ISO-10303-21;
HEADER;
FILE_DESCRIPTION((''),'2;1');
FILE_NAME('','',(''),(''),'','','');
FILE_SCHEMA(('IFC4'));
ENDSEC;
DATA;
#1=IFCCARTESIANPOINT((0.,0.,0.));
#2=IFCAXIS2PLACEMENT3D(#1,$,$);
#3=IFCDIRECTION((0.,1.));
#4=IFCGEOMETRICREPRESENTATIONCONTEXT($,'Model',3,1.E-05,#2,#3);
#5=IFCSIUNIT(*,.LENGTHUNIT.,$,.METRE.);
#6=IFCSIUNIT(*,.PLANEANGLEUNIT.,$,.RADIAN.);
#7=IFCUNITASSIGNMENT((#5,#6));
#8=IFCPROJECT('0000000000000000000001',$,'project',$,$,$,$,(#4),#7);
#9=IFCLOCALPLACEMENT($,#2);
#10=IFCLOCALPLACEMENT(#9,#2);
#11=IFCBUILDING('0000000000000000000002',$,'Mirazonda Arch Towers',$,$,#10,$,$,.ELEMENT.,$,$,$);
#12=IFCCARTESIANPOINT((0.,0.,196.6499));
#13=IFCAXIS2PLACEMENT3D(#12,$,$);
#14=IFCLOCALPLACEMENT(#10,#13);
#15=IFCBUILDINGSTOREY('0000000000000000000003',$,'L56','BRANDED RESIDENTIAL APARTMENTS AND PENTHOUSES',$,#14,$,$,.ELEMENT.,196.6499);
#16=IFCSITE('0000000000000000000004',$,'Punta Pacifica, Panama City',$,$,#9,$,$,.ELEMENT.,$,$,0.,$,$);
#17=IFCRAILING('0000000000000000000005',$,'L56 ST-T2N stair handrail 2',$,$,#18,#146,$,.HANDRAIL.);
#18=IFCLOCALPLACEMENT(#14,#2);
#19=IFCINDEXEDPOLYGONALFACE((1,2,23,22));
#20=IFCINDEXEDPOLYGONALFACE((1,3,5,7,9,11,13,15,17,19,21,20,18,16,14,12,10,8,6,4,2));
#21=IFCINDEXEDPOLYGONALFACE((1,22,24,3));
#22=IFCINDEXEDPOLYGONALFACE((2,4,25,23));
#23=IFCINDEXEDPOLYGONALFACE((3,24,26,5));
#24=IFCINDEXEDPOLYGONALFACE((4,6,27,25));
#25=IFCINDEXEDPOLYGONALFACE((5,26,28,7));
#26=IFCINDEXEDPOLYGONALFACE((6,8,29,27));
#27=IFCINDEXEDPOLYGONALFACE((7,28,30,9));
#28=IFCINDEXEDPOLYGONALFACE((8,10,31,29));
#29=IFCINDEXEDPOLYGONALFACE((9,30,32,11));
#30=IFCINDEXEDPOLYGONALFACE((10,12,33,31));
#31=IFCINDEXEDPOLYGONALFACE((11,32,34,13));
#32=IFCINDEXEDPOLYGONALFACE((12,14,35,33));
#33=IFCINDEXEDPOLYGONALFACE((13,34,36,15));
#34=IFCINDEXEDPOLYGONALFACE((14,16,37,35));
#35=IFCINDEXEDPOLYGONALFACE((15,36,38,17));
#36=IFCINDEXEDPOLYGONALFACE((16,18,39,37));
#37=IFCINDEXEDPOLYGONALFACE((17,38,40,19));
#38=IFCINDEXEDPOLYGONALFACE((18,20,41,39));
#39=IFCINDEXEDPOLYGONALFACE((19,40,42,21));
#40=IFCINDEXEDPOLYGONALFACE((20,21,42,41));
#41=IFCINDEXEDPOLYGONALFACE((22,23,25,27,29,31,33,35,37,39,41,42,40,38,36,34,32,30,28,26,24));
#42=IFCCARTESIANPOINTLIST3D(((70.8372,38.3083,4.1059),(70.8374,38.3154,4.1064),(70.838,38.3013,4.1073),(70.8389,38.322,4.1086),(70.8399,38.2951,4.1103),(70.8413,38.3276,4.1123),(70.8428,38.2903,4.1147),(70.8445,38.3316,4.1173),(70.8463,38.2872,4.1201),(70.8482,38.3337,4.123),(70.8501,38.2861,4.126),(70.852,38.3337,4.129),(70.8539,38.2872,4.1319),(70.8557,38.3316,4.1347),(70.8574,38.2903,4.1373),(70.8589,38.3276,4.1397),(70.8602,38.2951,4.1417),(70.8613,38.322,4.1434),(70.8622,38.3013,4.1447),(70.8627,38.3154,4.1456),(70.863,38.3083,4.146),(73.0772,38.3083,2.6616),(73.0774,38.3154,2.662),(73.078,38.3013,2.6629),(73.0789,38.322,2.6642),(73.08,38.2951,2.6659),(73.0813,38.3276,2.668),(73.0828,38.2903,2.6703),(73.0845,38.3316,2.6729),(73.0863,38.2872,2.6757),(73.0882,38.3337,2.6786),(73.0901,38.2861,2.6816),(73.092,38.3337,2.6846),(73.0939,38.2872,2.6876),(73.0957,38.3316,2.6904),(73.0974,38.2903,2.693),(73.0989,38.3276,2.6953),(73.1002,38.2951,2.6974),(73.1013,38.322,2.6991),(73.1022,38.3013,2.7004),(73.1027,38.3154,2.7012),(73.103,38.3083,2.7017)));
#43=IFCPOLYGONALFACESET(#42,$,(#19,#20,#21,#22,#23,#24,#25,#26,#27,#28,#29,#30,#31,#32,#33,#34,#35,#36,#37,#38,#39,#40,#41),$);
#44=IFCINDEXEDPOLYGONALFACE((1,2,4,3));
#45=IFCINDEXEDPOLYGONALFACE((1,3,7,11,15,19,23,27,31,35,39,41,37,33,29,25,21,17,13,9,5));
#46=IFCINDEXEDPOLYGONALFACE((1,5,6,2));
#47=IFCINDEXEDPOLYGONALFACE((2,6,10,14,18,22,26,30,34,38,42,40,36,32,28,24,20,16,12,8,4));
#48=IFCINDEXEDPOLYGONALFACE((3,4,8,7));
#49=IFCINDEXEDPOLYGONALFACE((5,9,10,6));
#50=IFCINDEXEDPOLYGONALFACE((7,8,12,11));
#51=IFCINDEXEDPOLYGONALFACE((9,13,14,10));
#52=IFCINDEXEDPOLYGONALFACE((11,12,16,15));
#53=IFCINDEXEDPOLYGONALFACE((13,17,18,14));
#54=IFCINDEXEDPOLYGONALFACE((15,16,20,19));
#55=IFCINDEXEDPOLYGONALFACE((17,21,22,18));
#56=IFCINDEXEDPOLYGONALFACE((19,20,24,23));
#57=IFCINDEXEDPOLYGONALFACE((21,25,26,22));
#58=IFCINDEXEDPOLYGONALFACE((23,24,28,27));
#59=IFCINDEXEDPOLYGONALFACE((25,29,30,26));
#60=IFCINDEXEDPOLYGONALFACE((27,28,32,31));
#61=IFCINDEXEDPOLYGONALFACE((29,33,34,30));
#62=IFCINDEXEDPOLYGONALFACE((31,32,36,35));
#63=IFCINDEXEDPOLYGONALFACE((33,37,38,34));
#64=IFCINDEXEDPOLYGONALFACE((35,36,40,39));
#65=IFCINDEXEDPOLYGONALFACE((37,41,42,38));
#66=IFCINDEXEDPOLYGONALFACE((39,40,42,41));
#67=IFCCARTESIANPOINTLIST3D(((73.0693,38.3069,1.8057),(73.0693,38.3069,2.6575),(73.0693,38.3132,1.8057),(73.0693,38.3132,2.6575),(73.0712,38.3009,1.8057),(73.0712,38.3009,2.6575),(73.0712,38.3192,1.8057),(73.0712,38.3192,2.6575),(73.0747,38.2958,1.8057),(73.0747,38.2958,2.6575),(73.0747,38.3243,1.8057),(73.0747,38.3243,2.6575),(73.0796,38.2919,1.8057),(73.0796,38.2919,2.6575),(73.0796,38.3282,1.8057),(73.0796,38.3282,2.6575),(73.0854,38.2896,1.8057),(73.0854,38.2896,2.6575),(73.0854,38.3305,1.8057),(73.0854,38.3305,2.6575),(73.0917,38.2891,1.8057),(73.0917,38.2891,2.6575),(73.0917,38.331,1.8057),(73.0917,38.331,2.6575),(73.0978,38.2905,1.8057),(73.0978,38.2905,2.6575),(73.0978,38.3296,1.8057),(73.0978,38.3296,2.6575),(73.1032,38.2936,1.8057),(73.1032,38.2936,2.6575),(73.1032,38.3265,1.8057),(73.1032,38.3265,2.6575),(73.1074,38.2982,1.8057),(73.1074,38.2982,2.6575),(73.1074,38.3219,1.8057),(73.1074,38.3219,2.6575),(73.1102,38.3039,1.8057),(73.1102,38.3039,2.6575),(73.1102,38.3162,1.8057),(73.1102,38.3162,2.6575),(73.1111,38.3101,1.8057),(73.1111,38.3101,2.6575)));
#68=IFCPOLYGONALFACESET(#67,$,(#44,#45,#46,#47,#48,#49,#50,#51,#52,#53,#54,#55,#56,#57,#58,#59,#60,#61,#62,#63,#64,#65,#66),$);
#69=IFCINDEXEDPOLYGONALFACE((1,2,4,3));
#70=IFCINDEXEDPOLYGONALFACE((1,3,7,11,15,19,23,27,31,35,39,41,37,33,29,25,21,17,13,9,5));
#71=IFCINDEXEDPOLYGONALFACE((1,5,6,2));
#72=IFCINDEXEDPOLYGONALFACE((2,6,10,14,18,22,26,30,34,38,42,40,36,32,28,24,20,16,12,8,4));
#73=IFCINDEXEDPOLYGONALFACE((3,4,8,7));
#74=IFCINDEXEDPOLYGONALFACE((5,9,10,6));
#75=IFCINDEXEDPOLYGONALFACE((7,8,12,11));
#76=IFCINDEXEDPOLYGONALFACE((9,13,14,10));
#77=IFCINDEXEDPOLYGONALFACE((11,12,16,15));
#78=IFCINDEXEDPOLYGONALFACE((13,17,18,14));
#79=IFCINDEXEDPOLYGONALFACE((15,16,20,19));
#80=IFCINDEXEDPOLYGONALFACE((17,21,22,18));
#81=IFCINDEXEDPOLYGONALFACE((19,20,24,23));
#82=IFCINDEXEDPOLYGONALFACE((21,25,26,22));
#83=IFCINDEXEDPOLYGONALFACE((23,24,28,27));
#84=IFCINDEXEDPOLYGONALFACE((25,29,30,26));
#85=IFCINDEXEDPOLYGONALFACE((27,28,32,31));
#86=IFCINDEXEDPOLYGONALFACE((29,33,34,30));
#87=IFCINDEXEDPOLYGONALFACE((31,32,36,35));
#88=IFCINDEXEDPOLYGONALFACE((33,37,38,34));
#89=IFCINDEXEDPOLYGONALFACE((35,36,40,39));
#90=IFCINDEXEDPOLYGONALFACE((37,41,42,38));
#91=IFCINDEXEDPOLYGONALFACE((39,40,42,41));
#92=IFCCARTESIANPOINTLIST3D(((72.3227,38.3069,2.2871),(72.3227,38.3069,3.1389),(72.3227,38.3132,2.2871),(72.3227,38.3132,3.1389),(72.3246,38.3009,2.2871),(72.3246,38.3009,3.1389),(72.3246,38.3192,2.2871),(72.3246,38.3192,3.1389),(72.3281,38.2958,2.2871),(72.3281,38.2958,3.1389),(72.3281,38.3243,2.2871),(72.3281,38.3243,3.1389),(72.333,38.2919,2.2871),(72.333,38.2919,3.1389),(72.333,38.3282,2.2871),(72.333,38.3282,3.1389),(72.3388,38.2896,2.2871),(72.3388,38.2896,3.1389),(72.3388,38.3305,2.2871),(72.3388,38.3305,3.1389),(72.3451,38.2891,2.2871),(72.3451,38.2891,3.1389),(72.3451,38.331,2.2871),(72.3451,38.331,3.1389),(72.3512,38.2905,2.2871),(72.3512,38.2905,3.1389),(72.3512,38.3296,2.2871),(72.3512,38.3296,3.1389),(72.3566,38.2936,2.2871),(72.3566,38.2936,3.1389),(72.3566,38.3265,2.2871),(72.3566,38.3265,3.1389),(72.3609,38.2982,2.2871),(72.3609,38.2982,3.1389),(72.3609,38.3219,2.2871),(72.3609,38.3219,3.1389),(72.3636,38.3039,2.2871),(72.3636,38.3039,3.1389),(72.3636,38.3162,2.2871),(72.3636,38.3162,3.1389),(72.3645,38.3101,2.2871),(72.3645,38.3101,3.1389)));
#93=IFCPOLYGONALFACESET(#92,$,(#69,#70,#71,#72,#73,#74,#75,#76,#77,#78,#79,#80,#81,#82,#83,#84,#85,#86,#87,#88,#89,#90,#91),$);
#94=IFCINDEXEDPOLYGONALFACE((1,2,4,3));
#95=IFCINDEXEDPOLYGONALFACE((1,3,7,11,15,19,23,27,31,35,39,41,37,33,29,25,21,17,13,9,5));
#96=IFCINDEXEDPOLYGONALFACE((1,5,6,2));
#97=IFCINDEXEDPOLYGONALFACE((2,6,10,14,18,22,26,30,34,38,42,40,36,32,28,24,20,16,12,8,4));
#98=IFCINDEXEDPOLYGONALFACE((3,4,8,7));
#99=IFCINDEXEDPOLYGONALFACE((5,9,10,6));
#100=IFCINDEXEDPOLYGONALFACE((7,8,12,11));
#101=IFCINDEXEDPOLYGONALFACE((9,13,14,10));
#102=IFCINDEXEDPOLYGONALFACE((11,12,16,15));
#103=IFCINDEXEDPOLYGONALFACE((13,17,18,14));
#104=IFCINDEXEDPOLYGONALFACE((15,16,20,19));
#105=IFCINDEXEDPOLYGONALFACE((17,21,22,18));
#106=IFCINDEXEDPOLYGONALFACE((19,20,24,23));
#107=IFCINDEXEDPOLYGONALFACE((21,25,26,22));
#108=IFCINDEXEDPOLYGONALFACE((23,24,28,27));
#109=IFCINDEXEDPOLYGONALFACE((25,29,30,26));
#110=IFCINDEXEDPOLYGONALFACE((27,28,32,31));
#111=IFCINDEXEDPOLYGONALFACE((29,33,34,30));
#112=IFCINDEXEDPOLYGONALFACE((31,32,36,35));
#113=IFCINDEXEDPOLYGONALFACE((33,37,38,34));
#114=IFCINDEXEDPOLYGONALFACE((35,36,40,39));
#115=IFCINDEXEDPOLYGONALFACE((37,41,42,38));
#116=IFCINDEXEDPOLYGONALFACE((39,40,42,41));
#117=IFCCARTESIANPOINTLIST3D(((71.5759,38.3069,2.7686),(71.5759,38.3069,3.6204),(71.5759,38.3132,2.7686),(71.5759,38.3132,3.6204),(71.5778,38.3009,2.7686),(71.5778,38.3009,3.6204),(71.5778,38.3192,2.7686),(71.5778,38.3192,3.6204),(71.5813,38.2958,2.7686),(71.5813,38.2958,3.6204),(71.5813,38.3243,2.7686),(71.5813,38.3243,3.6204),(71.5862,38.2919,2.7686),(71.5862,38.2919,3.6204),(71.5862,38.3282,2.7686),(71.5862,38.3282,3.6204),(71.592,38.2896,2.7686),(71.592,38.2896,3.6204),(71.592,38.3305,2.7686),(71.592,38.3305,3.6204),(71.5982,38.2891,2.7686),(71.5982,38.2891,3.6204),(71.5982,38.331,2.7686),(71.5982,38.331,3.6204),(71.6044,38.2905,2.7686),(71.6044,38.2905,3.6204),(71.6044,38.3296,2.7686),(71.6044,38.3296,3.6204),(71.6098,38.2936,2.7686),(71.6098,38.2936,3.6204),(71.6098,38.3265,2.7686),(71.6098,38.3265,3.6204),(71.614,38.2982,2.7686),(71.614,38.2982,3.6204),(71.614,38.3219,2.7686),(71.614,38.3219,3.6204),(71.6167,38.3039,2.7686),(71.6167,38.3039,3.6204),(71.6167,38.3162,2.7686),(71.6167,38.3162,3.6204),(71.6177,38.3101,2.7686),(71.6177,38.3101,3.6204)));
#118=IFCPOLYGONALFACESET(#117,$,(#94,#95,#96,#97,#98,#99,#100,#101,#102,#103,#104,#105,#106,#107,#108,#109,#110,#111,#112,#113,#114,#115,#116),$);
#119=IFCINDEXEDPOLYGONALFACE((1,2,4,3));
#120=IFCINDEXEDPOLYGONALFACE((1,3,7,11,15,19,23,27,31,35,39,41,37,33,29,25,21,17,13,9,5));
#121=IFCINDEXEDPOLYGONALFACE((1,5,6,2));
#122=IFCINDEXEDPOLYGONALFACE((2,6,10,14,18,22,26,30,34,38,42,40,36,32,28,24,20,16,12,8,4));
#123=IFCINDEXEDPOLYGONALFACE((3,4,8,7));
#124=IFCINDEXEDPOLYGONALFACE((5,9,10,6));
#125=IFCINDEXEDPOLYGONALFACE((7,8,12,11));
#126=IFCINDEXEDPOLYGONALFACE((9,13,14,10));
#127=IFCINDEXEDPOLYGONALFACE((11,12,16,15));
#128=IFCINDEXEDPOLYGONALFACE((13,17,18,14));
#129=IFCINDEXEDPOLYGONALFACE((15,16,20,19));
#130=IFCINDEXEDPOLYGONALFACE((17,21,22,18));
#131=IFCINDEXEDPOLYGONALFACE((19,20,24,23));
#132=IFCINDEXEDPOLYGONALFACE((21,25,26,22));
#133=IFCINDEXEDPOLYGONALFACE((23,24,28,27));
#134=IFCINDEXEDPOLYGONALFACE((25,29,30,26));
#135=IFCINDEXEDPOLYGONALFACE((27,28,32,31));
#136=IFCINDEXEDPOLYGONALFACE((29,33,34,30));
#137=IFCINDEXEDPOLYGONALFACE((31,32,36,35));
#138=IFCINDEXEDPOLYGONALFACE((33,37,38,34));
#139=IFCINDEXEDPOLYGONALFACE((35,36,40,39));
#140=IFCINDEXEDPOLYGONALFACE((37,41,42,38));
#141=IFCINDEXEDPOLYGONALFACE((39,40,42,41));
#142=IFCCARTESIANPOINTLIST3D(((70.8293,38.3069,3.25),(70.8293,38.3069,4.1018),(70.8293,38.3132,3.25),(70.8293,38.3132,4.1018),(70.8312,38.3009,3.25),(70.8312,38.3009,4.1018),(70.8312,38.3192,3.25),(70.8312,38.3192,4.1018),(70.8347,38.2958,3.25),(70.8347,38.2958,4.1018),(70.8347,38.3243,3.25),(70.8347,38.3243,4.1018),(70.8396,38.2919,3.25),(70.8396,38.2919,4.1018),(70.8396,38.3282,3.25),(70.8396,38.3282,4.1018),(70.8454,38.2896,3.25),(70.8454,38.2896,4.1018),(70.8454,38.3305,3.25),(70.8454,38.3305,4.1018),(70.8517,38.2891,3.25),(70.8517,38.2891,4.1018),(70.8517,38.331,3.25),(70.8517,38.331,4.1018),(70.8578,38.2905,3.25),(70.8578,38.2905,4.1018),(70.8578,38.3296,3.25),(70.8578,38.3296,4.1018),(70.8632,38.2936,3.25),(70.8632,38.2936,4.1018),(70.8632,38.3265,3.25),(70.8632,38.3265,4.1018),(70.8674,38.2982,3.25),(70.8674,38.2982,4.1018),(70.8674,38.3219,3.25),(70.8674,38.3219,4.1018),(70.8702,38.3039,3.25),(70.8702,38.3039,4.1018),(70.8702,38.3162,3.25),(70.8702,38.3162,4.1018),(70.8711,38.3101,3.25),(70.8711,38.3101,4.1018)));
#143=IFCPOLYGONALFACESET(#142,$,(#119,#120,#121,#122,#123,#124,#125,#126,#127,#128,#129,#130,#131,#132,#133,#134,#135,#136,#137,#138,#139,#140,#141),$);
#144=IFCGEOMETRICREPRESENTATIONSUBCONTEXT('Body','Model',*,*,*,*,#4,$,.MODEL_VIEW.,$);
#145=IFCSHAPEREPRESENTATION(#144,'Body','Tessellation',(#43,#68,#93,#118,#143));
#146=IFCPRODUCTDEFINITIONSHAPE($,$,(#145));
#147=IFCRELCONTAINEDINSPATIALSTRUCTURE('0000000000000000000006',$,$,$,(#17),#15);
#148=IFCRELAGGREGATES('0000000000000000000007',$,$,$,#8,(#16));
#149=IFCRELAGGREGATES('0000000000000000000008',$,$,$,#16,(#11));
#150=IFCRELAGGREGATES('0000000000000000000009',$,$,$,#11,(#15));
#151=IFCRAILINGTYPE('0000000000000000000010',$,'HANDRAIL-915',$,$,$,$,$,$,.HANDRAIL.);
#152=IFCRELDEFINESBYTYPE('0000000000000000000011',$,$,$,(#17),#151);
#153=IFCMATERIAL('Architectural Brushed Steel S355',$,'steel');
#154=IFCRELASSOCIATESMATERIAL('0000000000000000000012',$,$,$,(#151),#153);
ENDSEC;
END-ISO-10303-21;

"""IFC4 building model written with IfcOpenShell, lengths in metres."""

from ifc_helpers import new_model, si_unit, direction, frame, origin, origin_2d, place, context, subcontext, project, spatial, circle, extrude, material, type_object, element, save


model = new_model("IFC4")

# Units and contexts
model_context = context("Model", 3, precision=1e-05, world=origin(), true_north=direction((0.0, 1.0)))
body_context = subcontext(model_context, "Body", "Model", "MODEL_VIEW")
ifc_project = project(units=[si_unit("LENGTHUNIT", "METRE"), si_unit("PLANEANGLEUNIT", "RADIAN")], contexts=[model_context])

# Site, building, storey
site_placement = place(None, origin())
site = spatial("IfcSite", under=ifc_project, at=site_placement, Name="Punta Pacifica, Panama City", CompositionType="ELEMENT", RefElevation=0.0)
building_placement = place(site_placement, origin())
building = spatial("IfcBuilding", under=site, at=building_placement, Name="Mirazonda Arch Towers", CompositionType="ELEMENT")
storey_placement = place(building_placement, frame((0.0, 0.0, 196.6499)))
storey = spatial("IfcBuildingStorey", under=building, at=storey_placement, Name="L56", Description="BRANDED RESIDENTIAL APARTMENTS AND PENTHOUSES", CompositionType="ELEMENT", Elevation=196.6499)

# Shared definitions
ifc_material_1 = material(Name="Architectural Brushed Steel S355", Category="steel")

# Railing
railing_type_1 = type_object("IfcRailingType", Name="HANDRAIL-915", PredefinedType="HANDRAIL", material=ifc_material_1)
railing_1_placement = place(storey_placement, frame((73.0901, 38.3101, 1.8057)))
element("IfcRailing", 1, at=railing_1_placement, inside=storey, type_object=railing_type_1, Name="L56 ST-T2N stair handrail 2", PredefinedType="HANDRAIL", context=body_context, shape_type="SweptSolid", body=[
    extrude(circle(Radius=0.0239, at=origin_2d()), frame((0.0, 0.0, 0.876), z_axis=(-0.840437, 0.0, 0.54191), x_axis=(0.0, -1.0, 0.0)), (0.0, 0.0, 1.0), 2.6653),
    extrude(circle(Radius=0.021, at=origin_2d()), origin(), (0.0, 0.0, 1.0), 0.8518),
    extrude(circle(Radius=0.021, at=origin_2d()), frame((-0.7466, 0.0, 0.4814)), (0.0, 0.0, 1.0), 0.8518),
    extrude(circle(Radius=0.021, at=origin_2d()), frame((-1.4934, 0.0, 0.9629)), (0.0, 0.0, 1.0), 0.8518),
    extrude(circle(Radius=0.021, at=origin_2d()), frame((-2.24, 0.0, 1.4443)), (0.0, 0.0, 1.0), 0.8518),
])

save(model, "model.ifc")
